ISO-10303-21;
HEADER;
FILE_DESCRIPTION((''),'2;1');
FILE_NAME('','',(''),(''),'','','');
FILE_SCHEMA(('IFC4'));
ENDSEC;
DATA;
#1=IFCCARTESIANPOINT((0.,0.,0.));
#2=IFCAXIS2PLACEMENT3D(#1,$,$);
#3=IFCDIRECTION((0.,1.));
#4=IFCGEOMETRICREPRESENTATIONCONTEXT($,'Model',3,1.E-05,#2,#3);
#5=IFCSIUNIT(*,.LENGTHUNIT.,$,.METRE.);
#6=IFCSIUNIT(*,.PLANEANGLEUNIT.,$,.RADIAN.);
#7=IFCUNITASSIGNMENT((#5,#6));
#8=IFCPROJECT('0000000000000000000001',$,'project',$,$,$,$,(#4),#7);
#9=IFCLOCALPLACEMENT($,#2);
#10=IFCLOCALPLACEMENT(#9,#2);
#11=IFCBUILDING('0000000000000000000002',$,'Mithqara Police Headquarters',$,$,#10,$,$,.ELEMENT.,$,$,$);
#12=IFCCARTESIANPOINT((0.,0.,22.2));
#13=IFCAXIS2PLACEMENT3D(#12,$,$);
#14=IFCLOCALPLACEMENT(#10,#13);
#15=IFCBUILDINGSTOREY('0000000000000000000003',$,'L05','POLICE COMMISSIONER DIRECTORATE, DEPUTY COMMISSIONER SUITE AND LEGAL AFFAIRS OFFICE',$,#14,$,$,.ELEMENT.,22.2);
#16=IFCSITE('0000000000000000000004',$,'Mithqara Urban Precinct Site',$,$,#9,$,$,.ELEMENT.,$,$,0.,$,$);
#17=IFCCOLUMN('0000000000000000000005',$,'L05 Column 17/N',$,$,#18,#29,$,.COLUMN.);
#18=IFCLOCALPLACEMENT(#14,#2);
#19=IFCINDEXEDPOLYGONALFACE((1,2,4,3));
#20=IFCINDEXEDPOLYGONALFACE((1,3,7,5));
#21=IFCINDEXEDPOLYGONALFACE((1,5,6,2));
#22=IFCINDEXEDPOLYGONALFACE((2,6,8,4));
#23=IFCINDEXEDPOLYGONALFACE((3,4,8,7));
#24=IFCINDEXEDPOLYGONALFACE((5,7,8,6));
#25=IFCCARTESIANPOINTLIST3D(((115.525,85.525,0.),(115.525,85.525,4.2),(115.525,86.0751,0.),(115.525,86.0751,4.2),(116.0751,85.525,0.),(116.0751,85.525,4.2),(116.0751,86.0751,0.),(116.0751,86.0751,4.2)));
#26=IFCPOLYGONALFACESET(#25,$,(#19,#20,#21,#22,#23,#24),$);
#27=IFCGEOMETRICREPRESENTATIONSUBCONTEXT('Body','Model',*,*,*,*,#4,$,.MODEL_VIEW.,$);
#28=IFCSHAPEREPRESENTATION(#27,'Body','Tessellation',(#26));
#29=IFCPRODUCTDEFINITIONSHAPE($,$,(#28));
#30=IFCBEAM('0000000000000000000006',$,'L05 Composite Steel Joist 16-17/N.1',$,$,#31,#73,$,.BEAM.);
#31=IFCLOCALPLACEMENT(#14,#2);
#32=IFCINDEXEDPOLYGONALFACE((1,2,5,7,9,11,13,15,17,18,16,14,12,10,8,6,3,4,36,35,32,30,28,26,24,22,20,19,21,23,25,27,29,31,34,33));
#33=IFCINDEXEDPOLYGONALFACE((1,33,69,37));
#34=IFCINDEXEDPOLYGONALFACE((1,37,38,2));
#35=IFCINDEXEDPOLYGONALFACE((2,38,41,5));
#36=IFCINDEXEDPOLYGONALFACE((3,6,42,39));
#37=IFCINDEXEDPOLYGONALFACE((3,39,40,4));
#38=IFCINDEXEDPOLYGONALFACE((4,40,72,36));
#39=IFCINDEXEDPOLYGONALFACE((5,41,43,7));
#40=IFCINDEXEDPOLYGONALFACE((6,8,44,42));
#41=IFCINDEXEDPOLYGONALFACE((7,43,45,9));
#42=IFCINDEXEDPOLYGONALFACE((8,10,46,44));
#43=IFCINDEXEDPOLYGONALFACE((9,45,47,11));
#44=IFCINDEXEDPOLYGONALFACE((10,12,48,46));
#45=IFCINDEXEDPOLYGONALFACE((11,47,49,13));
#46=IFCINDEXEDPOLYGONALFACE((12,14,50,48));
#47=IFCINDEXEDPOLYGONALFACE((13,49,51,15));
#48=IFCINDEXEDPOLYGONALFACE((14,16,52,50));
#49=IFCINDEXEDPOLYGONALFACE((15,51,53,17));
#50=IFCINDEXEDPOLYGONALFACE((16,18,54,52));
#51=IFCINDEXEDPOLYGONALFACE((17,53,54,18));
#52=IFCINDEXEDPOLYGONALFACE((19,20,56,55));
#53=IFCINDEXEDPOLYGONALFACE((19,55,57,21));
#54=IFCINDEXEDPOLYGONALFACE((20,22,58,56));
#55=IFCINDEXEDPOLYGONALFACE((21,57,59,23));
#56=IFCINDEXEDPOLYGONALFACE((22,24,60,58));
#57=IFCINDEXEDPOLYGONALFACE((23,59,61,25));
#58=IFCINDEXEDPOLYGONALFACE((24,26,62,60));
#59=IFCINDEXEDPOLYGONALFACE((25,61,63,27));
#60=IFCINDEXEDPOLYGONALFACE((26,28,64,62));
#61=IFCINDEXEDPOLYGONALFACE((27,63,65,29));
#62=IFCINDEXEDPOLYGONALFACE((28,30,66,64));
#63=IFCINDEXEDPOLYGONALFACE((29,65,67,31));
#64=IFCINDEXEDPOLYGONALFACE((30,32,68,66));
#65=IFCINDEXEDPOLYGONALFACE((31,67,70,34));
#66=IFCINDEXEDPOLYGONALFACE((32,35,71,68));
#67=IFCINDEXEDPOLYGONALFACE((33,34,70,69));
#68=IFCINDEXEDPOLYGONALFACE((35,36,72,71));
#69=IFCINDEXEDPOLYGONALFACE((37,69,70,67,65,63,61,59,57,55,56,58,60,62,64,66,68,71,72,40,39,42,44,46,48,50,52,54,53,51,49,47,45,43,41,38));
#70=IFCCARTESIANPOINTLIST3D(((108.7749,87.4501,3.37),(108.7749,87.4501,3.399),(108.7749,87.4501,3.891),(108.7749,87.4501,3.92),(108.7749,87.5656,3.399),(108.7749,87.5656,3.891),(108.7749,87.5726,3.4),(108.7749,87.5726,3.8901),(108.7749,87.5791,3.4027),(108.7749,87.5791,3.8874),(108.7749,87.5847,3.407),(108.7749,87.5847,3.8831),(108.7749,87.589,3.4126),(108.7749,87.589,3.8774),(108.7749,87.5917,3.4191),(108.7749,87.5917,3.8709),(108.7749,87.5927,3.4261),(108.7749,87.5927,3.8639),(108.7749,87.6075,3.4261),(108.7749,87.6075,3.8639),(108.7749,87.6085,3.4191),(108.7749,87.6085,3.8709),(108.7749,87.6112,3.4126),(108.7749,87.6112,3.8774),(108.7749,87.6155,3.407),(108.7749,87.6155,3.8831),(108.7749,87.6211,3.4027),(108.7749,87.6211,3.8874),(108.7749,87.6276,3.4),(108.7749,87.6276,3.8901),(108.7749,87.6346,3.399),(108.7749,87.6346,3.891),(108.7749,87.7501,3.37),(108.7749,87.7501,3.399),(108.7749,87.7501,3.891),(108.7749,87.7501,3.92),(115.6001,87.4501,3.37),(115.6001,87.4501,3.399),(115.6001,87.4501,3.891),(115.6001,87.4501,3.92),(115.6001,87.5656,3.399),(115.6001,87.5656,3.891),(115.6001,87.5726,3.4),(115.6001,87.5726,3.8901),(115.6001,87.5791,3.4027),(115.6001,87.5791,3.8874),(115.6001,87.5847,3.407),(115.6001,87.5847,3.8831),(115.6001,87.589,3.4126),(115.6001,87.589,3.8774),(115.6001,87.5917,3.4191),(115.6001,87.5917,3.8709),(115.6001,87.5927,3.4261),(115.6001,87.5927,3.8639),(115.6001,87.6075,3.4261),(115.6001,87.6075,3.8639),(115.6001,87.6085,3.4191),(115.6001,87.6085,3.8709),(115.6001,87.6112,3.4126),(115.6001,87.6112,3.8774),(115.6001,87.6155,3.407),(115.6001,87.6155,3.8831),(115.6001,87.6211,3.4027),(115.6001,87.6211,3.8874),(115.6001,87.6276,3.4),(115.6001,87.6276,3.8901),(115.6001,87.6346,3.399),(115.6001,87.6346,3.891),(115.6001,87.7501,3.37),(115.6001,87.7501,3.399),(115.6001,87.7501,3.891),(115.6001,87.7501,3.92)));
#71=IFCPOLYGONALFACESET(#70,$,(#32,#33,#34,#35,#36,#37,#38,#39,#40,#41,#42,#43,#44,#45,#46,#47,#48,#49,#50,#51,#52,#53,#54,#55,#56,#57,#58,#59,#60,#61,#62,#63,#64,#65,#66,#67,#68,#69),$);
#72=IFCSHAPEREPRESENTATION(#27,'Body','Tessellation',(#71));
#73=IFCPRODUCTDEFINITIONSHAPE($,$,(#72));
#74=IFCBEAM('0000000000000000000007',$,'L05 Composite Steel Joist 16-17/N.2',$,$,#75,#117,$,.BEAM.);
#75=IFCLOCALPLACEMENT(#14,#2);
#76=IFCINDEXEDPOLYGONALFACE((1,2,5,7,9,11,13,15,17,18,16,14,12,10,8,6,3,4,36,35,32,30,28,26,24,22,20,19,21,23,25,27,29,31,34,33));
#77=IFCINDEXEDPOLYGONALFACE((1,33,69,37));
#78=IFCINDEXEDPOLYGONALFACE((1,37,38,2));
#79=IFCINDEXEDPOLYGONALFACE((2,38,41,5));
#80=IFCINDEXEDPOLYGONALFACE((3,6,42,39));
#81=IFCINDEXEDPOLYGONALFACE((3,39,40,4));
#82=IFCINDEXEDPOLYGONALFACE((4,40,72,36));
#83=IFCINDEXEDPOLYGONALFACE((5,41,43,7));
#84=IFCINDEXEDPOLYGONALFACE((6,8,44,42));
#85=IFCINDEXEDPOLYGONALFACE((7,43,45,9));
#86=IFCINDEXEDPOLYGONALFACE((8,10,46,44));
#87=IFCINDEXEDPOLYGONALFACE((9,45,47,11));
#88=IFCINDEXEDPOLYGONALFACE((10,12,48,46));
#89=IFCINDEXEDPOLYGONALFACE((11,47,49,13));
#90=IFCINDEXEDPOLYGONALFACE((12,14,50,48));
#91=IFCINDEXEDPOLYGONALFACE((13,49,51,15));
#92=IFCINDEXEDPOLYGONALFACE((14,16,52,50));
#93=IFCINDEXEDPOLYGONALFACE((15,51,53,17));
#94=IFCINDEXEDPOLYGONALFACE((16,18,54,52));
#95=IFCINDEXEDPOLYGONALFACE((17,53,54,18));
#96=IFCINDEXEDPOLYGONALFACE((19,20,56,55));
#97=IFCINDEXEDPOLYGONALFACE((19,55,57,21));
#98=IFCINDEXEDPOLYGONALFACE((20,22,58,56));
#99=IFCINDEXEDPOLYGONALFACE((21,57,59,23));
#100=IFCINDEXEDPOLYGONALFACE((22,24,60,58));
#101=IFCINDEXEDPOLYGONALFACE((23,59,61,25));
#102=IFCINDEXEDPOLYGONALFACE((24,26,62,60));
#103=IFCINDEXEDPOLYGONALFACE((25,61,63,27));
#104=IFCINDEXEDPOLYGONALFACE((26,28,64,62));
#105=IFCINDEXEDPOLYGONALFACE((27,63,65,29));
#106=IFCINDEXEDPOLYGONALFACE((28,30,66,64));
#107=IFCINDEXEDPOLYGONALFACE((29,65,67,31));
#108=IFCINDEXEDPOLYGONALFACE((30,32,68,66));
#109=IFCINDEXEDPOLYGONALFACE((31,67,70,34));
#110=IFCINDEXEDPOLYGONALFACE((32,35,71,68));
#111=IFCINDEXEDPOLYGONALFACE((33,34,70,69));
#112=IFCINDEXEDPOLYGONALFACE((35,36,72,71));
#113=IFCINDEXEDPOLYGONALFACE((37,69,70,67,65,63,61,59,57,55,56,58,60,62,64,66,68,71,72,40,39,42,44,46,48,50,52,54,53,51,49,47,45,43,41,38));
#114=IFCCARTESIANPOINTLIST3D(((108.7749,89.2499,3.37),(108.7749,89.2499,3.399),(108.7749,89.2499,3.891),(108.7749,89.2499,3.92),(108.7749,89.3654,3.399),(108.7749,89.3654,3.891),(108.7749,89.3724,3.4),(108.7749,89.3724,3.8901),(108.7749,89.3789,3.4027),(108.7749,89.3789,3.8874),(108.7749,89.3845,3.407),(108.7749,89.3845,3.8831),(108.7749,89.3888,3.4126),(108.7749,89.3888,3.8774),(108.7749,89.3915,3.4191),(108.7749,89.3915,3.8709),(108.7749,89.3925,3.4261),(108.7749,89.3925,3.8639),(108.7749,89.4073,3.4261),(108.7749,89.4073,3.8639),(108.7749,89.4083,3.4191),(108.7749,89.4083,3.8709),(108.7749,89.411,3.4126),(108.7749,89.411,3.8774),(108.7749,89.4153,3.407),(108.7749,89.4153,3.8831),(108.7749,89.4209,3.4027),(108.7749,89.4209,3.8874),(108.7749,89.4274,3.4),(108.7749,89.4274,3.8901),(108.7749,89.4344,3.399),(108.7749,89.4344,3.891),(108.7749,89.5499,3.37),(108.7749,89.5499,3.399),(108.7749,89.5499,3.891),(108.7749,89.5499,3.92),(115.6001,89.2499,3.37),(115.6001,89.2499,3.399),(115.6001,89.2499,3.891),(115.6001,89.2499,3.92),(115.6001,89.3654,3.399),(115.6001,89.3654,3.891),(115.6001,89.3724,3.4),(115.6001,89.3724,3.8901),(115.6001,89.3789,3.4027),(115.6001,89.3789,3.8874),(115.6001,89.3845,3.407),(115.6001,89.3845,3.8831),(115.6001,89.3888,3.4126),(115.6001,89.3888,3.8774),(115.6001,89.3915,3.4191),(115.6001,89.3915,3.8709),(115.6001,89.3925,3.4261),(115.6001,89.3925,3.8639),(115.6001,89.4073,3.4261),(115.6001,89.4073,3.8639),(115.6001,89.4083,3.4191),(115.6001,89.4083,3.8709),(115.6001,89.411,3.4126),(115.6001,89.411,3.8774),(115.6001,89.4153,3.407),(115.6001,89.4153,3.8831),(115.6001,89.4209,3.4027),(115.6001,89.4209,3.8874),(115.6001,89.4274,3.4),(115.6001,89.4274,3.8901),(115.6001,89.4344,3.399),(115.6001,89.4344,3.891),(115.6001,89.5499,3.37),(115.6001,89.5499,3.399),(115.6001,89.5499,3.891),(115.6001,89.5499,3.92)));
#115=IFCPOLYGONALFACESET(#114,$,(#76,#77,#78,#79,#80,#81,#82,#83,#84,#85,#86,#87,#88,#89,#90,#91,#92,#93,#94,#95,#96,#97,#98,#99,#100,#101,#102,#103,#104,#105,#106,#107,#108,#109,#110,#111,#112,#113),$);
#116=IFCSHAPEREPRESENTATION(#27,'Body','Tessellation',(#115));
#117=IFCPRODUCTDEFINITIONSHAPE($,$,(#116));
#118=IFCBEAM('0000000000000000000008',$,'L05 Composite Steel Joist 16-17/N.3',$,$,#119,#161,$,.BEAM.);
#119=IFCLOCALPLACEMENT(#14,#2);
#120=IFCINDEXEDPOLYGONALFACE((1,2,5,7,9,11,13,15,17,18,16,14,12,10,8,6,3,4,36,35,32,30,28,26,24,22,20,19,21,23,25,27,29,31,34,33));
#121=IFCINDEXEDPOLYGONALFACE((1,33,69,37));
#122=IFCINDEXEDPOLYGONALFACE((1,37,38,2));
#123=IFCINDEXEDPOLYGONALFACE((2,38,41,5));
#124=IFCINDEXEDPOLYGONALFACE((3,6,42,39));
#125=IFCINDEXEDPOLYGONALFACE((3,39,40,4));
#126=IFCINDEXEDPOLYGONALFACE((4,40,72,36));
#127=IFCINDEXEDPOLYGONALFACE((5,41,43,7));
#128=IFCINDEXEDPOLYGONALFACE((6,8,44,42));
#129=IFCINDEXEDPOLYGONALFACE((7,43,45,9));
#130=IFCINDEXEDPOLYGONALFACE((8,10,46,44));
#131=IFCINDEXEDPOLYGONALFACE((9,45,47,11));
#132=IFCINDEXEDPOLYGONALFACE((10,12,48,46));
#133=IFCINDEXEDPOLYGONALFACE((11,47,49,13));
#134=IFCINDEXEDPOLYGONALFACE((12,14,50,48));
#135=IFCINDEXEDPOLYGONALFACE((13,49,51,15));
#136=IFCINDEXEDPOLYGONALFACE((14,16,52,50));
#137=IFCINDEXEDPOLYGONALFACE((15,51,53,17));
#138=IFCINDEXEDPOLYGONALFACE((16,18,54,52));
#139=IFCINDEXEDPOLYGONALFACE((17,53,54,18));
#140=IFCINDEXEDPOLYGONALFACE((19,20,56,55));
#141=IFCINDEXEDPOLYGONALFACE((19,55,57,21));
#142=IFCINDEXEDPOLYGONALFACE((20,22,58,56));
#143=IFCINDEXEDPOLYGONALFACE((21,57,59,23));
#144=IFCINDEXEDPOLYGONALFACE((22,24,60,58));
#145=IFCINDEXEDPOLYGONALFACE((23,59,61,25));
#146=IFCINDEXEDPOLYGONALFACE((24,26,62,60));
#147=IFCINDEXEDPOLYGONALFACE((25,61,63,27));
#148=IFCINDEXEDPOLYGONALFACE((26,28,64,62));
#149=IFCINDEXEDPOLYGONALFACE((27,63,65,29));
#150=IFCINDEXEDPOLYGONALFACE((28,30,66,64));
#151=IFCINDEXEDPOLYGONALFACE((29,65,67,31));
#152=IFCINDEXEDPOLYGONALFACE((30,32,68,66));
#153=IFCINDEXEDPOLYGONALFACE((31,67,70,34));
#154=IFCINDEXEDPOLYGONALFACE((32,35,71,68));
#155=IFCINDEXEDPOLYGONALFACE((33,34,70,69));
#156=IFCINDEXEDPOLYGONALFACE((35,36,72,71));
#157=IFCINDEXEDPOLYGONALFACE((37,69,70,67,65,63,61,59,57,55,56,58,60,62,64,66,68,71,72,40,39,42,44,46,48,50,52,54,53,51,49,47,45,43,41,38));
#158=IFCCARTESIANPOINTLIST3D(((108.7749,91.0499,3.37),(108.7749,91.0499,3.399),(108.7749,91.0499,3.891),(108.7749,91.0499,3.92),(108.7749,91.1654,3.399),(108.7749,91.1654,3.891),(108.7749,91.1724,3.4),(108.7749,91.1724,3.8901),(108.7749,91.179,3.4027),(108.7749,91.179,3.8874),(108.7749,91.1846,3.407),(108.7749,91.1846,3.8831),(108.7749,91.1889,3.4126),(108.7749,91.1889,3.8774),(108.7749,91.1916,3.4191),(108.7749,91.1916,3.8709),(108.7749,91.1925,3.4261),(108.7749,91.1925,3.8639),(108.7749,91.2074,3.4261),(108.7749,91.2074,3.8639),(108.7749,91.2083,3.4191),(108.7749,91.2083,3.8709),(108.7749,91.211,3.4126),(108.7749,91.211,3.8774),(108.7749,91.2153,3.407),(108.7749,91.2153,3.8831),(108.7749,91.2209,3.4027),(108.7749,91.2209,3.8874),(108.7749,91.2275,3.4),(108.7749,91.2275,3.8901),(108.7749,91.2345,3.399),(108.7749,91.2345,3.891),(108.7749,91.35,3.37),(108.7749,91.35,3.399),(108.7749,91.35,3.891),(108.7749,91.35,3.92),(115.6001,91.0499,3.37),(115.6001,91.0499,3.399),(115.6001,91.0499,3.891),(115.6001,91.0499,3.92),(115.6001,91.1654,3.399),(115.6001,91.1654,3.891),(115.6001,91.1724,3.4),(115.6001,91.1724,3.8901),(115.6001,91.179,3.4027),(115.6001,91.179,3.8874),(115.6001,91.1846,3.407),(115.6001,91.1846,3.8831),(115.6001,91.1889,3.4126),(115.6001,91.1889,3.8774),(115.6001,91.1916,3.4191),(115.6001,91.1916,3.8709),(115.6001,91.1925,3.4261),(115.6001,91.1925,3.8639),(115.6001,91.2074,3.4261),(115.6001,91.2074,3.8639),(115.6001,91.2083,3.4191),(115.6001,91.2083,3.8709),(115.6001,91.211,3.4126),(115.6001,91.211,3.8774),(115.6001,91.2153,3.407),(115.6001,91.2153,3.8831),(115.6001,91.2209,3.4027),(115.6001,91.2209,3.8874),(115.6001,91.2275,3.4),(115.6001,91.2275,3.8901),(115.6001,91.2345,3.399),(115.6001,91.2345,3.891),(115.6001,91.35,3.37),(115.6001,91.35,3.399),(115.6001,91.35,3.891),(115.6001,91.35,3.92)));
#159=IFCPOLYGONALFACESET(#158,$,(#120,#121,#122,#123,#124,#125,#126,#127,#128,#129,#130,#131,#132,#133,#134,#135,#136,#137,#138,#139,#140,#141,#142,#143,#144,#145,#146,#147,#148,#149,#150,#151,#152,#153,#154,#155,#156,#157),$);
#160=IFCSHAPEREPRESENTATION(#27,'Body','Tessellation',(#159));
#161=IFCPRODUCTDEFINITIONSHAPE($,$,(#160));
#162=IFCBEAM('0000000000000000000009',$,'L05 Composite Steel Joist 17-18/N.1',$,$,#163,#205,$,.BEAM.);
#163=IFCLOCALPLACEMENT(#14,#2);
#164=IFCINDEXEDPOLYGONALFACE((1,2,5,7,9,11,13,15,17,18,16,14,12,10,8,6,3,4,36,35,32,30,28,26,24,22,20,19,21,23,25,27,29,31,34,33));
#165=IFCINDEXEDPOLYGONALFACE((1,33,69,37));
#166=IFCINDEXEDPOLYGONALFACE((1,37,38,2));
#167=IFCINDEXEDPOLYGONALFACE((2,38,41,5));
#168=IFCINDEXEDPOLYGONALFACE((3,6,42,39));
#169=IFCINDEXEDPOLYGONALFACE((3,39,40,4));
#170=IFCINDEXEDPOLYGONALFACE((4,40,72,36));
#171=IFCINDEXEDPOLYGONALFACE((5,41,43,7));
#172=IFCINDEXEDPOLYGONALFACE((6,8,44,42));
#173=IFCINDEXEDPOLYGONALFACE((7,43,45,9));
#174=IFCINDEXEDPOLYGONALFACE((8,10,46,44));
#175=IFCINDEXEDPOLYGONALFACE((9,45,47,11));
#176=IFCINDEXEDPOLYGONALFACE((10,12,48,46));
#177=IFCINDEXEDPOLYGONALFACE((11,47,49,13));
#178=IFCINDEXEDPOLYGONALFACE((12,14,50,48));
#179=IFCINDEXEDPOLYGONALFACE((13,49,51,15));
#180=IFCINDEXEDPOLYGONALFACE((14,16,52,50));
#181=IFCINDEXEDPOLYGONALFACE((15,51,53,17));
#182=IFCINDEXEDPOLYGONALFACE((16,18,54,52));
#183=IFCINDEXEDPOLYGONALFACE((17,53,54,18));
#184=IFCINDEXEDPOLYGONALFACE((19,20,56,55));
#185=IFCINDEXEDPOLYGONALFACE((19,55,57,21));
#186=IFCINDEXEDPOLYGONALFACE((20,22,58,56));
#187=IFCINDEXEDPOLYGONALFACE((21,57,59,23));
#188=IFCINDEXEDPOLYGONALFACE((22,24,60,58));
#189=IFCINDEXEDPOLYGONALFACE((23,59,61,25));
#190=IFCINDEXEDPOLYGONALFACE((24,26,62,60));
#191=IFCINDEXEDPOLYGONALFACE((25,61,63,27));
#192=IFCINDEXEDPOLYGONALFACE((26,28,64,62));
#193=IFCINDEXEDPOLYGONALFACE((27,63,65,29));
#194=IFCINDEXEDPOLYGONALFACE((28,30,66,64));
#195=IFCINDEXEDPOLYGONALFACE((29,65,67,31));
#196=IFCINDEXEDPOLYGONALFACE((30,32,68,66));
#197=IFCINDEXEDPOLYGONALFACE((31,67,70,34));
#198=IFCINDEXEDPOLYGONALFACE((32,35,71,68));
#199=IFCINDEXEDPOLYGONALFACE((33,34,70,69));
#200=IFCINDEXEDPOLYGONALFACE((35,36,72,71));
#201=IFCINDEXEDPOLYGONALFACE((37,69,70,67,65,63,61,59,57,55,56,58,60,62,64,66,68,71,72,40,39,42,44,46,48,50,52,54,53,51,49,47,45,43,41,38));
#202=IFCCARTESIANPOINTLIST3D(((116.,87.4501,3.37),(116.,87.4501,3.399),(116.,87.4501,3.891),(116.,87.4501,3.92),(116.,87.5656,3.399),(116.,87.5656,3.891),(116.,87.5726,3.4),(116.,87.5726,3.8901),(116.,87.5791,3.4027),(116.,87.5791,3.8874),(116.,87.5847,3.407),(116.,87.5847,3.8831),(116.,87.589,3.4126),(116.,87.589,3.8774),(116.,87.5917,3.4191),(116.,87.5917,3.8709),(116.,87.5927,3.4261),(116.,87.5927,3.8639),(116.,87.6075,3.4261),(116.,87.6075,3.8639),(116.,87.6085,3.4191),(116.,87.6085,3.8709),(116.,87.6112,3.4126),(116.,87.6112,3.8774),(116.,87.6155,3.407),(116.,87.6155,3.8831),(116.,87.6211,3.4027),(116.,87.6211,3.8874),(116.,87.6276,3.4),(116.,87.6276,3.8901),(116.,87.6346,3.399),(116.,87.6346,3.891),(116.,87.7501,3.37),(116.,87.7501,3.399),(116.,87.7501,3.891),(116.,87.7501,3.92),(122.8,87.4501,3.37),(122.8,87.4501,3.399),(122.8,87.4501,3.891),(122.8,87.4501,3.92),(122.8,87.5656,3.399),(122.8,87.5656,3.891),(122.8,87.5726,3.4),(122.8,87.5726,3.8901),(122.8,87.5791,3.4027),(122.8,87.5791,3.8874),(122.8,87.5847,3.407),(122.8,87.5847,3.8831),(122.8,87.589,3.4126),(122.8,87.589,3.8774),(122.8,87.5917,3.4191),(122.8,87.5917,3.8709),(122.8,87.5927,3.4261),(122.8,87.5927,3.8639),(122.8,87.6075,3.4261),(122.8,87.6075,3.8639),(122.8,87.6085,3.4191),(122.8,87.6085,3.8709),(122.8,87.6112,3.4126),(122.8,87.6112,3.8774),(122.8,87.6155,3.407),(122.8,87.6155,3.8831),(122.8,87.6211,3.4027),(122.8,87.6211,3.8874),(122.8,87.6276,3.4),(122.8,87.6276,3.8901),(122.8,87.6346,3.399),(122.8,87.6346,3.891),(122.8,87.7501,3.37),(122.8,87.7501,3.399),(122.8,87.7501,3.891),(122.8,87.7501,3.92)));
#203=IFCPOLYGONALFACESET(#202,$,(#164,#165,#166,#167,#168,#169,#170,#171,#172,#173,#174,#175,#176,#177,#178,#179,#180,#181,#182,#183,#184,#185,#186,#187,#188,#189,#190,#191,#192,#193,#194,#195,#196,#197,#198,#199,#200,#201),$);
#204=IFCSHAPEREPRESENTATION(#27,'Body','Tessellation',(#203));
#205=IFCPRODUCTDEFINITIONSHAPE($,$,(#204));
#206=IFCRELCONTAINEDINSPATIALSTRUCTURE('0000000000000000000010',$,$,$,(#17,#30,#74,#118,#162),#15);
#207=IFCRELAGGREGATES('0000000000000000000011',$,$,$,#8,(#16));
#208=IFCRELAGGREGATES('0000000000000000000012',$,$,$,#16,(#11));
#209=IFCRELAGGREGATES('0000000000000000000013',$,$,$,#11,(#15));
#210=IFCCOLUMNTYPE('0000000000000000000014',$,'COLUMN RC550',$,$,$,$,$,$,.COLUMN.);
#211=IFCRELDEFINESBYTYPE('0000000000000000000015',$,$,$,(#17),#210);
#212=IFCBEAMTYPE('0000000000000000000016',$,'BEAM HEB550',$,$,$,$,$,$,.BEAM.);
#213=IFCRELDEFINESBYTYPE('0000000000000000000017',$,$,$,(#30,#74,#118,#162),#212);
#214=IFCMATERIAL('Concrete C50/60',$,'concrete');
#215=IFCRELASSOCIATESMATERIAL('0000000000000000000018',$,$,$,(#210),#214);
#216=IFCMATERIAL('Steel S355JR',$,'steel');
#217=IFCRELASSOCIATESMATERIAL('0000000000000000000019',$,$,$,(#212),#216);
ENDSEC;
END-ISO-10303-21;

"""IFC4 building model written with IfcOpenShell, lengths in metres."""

from ifc_helpers import new_model, si_unit, direction, frame, origin, origin_2d, place, context, subcontext, project, spatial, rectangle, i_section, extrude, material, material_profile, profile_set, type_object, element, save


model = new_model("IFC4")

# Units and contexts
model_context = context("Model", 3, precision=1e-05, world=origin(), true_north=direction((0.0, 1.0)))
body_context = subcontext(model_context, "Body", "Model", "MODEL_VIEW")
ifc_project = project(units=[si_unit("LENGTHUNIT", "METRE"), si_unit("PLANEANGLEUNIT", "RADIAN")], contexts=[model_context])

# Site, building, storey
site_placement = place(None, origin())
site = spatial("IfcSite", under=ifc_project, at=site_placement, Name="Mithqara Urban Precinct Site", CompositionType="ELEMENT", RefElevation=0.0)
building_placement = place(site_placement, origin())
building = spatial("IfcBuilding", under=site, at=building_placement, Name="Mithqara Police Headquarters", CompositionType="ELEMENT")
storey_placement = place(building_placement, frame((0.0, 0.0, 22.2)))
storey = spatial("IfcBuildingStorey", under=building, at=storey_placement, Name="L05", Description="POLICE COMMISSIONER DIRECTORATE, DEPUTY COMMISSIONER SUITE AND LEGAL AFFAIRS OFFICE", CompositionType="ELEMENT", Elevation=22.2)

# Column
ifc_material_1 = material(Name="Concrete C50/60", Category="concrete")
ifc_material_profile_1 = material_profile(ifc_material_1, rectangle(XDim=0.55, YDim=0.55, at=origin_2d()), Name="RC 550x550")
ifc_profile_set_1 = profile_set([ifc_material_profile_1], Name="Concrete C50/60")
column_type = type_object("IfcColumnType", Name="COLUMN RC550", PredefinedType="COLUMN", material=ifc_profile_set_1)
column_placement = place(storey_placement, frame((115.8, 85.8, 0.0), z_axis=(0.0, 0.0, 1.0), x_axis=(1.0, 0.0, 0.0)))
element("IfcColumn", 1, at=column_placement, inside=storey, type_object=column_type, Name="L05 Column 17/N", PredefinedType="COLUMN", context=body_context, shape_type="SweptSolid", body=[
    extrude(rectangle(XDim=0.55, YDim=0.55, at=origin_2d()), origin(), (0.0, 0.0, 1.0), 4.2),
])

# Beams
ifc_material_2 = material(Name="Steel S355JR", Category="steel")
ifc_material_profile_2 = material_profile(ifc_material_2, i_section(OverallWidth=0.3, OverallDepth=0.55, WebThickness=0.0149, FlangeThickness=0.0291, FilletRadius=0.0271, at=origin_2d()), Name="HEB 550")
ifc_profile_set_2 = profile_set([ifc_material_profile_2], Name="Steel S355JR")
beam_type_1 = type_object("IfcBeamType", Name="BEAM HEB550", PredefinedType="BEAM", material=ifc_profile_set_2)
for number, where, z_axis, x_axis, name in (
    (2, (108.7749, 87.6001, 3.645), (1.0, 0.0, 0.0), (0.0, 1.0, 0.0), "L05 Composite Steel Joist 16-17/N.1"),
    (3, (108.7749, 89.3999, 3.645), (1.0, 0.0, 0.0), (0.0, 1.0, 0.0), "L05 Composite Steel Joist 16-17/N.2"),
    (4, (108.7749, 91.2, 3.645), (1.0, 0.0, 0.0), (0.0, 1.0, 0.0), "L05 Composite Steel Joist 16-17/N.3"),
):
    element("IfcBeam", number, at=place(storey_placement, frame(where, z_axis=z_axis, x_axis=x_axis)), inside=storey, type_object=beam_type_1, Name=name, PredefinedType="BEAM", context=body_context, shape_type="SweptSolid", body=[
        extrude(i_section(OverallWidth=0.3, OverallDepth=0.55, WebThickness=0.0149, FlangeThickness=0.0291, FilletRadius=0.0271, at=origin_2d()), origin(), (0.0, 0.0, 1.0), 6.8252),
    ])
for number, where, z_axis, x_axis, name in (
    (5, (116.0, 87.6001, 3.645), (1.0, 0.0, 0.0), (0.0, 1.0, 0.0), "L05 Composite Steel Joist 17-18/N.1"),
):
    element("IfcBeam", number, at=place(storey_placement, frame(where, z_axis=z_axis, x_axis=x_axis)), inside=storey, type_object=beam_type_1, Name=name, PredefinedType="BEAM", context=body_context, shape_type="SweptSolid", body=[
        extrude(i_section(OverallWidth=0.3, OverallDepth=0.55, WebThickness=0.0149, FlangeThickness=0.0291, FilletRadius=0.0271, at=origin_2d()), origin(), (0.0, 0.0, 1.0), 6.8),
    ])

save(model, "model.ifc")
